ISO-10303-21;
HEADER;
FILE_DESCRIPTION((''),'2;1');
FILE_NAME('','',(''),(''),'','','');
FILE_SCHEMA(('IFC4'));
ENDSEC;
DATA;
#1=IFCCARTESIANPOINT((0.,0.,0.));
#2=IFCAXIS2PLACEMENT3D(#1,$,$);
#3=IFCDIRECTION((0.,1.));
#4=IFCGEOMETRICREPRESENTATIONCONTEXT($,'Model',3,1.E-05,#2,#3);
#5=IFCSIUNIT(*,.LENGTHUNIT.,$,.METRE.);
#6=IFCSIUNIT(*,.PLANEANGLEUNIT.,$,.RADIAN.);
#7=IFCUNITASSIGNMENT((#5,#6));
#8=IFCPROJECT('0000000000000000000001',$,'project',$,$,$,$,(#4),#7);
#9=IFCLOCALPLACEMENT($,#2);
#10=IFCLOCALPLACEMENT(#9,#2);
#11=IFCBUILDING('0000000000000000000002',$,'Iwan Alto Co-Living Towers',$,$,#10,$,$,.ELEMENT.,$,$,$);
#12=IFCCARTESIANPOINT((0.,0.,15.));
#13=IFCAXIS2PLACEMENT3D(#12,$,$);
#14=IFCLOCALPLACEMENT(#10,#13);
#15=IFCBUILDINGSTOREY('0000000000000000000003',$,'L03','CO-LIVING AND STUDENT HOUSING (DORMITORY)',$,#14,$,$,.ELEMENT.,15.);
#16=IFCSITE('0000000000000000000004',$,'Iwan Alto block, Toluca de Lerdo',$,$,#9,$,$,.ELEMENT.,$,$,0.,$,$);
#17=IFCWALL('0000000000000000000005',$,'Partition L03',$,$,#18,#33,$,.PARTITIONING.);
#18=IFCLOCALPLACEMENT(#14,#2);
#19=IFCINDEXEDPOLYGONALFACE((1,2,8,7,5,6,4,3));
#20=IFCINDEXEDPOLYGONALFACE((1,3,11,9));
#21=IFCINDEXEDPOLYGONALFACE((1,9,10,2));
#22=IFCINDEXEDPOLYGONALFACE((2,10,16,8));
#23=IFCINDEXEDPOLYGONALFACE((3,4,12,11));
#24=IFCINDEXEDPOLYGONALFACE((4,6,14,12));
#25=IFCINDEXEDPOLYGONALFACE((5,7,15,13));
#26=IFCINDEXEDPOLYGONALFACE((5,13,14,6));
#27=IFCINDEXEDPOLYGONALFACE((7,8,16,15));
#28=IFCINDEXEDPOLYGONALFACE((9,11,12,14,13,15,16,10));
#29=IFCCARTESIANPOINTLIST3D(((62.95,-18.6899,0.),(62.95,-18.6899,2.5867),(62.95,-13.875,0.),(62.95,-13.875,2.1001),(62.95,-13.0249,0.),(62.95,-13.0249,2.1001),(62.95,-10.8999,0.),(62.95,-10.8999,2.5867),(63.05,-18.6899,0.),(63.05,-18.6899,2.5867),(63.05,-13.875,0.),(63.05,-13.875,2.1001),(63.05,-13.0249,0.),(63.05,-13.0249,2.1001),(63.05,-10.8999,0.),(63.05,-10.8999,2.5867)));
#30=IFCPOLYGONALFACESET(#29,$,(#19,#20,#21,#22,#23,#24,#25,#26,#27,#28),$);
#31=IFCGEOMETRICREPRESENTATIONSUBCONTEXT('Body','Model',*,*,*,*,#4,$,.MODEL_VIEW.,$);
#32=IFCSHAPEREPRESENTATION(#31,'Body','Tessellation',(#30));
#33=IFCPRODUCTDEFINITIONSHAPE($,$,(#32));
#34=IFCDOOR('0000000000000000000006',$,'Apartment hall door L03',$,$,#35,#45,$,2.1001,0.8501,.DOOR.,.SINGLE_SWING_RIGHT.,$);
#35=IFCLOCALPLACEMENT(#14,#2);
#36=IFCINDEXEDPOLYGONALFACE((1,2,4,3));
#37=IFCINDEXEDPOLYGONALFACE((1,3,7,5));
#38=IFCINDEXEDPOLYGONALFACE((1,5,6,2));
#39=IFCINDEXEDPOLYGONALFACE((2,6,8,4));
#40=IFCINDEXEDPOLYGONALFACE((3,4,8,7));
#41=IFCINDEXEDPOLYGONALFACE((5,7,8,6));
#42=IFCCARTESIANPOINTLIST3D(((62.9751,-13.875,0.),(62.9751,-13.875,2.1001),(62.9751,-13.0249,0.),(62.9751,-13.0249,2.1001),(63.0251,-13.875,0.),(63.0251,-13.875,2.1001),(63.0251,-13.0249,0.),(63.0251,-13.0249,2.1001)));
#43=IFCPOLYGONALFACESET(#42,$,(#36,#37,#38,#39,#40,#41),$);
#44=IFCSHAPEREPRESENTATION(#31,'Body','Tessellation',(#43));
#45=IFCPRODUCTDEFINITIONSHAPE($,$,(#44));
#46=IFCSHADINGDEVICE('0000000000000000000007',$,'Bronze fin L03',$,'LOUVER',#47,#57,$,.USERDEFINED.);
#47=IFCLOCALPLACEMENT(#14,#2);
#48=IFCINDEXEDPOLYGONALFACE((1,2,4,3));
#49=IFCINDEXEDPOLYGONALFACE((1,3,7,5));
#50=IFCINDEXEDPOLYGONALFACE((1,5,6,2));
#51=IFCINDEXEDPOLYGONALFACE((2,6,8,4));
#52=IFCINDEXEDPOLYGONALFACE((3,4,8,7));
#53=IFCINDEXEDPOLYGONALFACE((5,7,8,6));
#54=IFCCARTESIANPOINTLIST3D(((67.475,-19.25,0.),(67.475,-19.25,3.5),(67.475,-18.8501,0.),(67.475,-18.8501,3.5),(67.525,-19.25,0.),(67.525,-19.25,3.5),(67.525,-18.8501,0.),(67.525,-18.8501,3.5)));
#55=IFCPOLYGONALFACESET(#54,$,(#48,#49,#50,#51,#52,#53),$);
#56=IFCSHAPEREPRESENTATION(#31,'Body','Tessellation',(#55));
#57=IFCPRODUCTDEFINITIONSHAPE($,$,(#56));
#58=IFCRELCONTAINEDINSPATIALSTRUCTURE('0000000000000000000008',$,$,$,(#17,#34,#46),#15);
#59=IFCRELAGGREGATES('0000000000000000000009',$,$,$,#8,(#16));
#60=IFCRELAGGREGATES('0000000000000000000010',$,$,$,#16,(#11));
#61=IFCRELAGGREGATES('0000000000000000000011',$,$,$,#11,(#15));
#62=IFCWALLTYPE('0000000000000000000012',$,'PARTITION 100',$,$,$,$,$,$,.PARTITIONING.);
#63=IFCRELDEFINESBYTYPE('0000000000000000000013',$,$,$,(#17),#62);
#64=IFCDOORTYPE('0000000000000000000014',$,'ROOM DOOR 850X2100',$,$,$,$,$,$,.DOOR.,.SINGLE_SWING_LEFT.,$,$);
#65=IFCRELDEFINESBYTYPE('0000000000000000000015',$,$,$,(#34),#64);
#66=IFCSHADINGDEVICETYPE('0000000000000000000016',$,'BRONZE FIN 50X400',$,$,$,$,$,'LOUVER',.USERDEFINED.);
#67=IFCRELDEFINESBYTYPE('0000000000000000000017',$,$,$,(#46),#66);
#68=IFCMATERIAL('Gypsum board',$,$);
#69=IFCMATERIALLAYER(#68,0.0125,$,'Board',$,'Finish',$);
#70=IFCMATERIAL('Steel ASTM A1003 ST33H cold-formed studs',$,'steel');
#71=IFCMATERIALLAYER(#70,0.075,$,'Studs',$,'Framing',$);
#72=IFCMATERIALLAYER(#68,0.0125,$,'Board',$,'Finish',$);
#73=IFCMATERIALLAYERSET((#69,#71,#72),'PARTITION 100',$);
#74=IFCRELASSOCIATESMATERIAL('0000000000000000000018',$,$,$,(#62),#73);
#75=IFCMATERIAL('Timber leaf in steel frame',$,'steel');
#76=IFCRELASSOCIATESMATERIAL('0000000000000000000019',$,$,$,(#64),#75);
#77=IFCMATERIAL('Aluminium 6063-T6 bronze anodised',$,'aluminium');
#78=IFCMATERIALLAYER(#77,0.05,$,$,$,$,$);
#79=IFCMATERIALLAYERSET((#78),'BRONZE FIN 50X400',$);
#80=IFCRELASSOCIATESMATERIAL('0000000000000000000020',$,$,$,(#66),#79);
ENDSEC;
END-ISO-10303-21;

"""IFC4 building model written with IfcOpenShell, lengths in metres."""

from ifc_helpers import new_model, si_unit, direction, frame, frame_2d, origin, origin_2d, place, context, subcontext, project, spatial, rectangle, extrude, material, layer, layer_set, type_object, element, fill, save


model = new_model("IFC4")

# Units and contexts
model_context = context("Model", 3, precision=1e-05, world=origin(), true_north=direction((0.0, 1.0)))
body_context = subcontext(model_context, "Body", "Model", "MODEL_VIEW")
ifc_project = project(units=[si_unit("LENGTHUNIT", "METRE"), si_unit("PLANEANGLEUNIT", "RADIAN")], contexts=[model_context])

# Site, building, storey
site_placement = place(None, origin())
site = spatial("IfcSite", under=ifc_project, at=site_placement, Name="Iwan Alto block, Toluca de Lerdo", CompositionType="ELEMENT", RefElevation=0.0)
building_placement = place(site_placement, origin())
building = spatial("IfcBuilding", under=site, at=building_placement, Name="Iwan Alto Co-Living Towers", CompositionType="ELEMENT")
storey_placement = place(building_placement, frame((0.0, 0.0, 15.0)))
storey = spatial("IfcBuildingStorey", under=building, at=storey_placement, Name="L03", Description="CO-LIVING AND STUDENT HOUSING (DORMITORY)", CompositionType="ELEMENT", Elevation=15.0)

# Shared definitions
ifc_material_1 = material(Name="Gypsum board")
ifc_layer_1 = layer(ifc_material_1, 0.0125, Name="Board", Category="Finish")
ifc_material_2 = material(Name="Steel ASTM A1003 ST33H cold-formed studs", Category="steel")
ifc_layer_2 = layer(ifc_material_2, 0.075, Name="Studs", Category="Framing")
ifc_layer_3 = layer(ifc_material_1, 0.0125, Name="Board", Category="Finish")
ifc_layer_set_1 = layer_set([ifc_layer_1, ifc_layer_2, ifc_layer_3], Name="PARTITION 100")
wall_type = type_object("IfcWallType", Name="PARTITION 100", PredefinedType="PARTITIONING", material=ifc_layer_set_1)

# Wall, opening, door
wall_1_placement = place(storey_placement, frame((63.0, -18.6899, 0.0), z_axis=(0.0, 0.0, 1.0), x_axis=(0.0, 1.0, 0.0)))
wall_1 = element("IfcWall", 1, at=wall_1_placement, inside=storey, type_object=wall_type, Name="Partition L03", PredefinedType="PARTITIONING", context=body_context, shape_type="SweptSolid", body=[
    extrude(rectangle(XDim=7.79, YDim=0.1001, at=frame_2d((3.895, 0.0))), origin(), (0.0, 0.0, 1.0), 2.5867),
])
opening_placement = place(wall_1_placement, frame((4.8149, 0.0, 0.0)))
opening = element("IfcOpeningElement", 2, at=opening_placement, cuts=wall_1, PredefinedType="OPENING", context=body_context, shape_type="SweptSolid", body=[
    extrude(rectangle(XDim=0.8501, YDim=2.1001, at=frame_2d((0.425, 1.05))), frame((0.0, 0.0601, 0.0), z_axis=(0.0, -1.0, 0.0), x_axis=(1.0, 0.0, 0.0)), (0.0, 0.0, 1.0), 0.1201),
])
ifc_material_3 = material(Name="Timber leaf in steel frame", Category="steel")
door_type = type_object("IfcDoorType", Name="ROOM DOOR 850X2100", OperationType="SINGLE_SWING_LEFT", PredefinedType="DOOR", material=ifc_material_3)
door_placement = place(opening_placement, origin())
door = element("IfcDoor", 3, at=door_placement, inside=storey, type_object=door_type, Name="Apartment hall door L03", OperationType="SINGLE_SWING_RIGHT", OverallHeight=2.1001, OverallWidth=0.8501, PredefinedType="DOOR", context=body_context, shape_type="SweptSolid", body=[
    extrude(rectangle(XDim=0.8501, YDim=2.1001, at=frame_2d((0.425, 1.05))), frame((0.0, 0.0249, 0.0), z_axis=(0.0, -1.0, 0.0), x_axis=(1.0, 0.0, 0.0)), (0.0, 0.0, 1.0), 0.05),
])
fill(opening, door)

# Shading device
ifc_material_4 = material(Name="Aluminium 6063-T6 bronze anodised", Category="aluminium")
ifc_layer_4 = layer(ifc_material_4, 0.05)
ifc_layer_set_2 = layer_set([ifc_layer_4], Name="BRONZE FIN 50X400")
shading_device_type = type_object("IfcShadingDeviceType", Name="BRONZE FIN 50X400", ElementType="LOUVER", PredefinedType="USERDEFINED", material=ifc_layer_set_2)
shading_device_placement = place(storey_placement, frame((67.5, -19.05, 0.0), z_axis=(0.0, 0.0, 1.0), x_axis=(1.0, 0.0, 0.0)))
element("IfcShadingDevice", 4, at=shading_device_placement, inside=storey, type_object=shading_device_type, Name="Bronze fin L03", ObjectType="LOUVER", PredefinedType="USERDEFINED", context=body_context, shape_type="SweptSolid", body=[
    extrude(rectangle(XDim=0.05, YDim=0.3999, at=origin_2d()), origin(), (0.0, 0.0, 1.0), 3.5),
])

save(model, "model.ifc")
